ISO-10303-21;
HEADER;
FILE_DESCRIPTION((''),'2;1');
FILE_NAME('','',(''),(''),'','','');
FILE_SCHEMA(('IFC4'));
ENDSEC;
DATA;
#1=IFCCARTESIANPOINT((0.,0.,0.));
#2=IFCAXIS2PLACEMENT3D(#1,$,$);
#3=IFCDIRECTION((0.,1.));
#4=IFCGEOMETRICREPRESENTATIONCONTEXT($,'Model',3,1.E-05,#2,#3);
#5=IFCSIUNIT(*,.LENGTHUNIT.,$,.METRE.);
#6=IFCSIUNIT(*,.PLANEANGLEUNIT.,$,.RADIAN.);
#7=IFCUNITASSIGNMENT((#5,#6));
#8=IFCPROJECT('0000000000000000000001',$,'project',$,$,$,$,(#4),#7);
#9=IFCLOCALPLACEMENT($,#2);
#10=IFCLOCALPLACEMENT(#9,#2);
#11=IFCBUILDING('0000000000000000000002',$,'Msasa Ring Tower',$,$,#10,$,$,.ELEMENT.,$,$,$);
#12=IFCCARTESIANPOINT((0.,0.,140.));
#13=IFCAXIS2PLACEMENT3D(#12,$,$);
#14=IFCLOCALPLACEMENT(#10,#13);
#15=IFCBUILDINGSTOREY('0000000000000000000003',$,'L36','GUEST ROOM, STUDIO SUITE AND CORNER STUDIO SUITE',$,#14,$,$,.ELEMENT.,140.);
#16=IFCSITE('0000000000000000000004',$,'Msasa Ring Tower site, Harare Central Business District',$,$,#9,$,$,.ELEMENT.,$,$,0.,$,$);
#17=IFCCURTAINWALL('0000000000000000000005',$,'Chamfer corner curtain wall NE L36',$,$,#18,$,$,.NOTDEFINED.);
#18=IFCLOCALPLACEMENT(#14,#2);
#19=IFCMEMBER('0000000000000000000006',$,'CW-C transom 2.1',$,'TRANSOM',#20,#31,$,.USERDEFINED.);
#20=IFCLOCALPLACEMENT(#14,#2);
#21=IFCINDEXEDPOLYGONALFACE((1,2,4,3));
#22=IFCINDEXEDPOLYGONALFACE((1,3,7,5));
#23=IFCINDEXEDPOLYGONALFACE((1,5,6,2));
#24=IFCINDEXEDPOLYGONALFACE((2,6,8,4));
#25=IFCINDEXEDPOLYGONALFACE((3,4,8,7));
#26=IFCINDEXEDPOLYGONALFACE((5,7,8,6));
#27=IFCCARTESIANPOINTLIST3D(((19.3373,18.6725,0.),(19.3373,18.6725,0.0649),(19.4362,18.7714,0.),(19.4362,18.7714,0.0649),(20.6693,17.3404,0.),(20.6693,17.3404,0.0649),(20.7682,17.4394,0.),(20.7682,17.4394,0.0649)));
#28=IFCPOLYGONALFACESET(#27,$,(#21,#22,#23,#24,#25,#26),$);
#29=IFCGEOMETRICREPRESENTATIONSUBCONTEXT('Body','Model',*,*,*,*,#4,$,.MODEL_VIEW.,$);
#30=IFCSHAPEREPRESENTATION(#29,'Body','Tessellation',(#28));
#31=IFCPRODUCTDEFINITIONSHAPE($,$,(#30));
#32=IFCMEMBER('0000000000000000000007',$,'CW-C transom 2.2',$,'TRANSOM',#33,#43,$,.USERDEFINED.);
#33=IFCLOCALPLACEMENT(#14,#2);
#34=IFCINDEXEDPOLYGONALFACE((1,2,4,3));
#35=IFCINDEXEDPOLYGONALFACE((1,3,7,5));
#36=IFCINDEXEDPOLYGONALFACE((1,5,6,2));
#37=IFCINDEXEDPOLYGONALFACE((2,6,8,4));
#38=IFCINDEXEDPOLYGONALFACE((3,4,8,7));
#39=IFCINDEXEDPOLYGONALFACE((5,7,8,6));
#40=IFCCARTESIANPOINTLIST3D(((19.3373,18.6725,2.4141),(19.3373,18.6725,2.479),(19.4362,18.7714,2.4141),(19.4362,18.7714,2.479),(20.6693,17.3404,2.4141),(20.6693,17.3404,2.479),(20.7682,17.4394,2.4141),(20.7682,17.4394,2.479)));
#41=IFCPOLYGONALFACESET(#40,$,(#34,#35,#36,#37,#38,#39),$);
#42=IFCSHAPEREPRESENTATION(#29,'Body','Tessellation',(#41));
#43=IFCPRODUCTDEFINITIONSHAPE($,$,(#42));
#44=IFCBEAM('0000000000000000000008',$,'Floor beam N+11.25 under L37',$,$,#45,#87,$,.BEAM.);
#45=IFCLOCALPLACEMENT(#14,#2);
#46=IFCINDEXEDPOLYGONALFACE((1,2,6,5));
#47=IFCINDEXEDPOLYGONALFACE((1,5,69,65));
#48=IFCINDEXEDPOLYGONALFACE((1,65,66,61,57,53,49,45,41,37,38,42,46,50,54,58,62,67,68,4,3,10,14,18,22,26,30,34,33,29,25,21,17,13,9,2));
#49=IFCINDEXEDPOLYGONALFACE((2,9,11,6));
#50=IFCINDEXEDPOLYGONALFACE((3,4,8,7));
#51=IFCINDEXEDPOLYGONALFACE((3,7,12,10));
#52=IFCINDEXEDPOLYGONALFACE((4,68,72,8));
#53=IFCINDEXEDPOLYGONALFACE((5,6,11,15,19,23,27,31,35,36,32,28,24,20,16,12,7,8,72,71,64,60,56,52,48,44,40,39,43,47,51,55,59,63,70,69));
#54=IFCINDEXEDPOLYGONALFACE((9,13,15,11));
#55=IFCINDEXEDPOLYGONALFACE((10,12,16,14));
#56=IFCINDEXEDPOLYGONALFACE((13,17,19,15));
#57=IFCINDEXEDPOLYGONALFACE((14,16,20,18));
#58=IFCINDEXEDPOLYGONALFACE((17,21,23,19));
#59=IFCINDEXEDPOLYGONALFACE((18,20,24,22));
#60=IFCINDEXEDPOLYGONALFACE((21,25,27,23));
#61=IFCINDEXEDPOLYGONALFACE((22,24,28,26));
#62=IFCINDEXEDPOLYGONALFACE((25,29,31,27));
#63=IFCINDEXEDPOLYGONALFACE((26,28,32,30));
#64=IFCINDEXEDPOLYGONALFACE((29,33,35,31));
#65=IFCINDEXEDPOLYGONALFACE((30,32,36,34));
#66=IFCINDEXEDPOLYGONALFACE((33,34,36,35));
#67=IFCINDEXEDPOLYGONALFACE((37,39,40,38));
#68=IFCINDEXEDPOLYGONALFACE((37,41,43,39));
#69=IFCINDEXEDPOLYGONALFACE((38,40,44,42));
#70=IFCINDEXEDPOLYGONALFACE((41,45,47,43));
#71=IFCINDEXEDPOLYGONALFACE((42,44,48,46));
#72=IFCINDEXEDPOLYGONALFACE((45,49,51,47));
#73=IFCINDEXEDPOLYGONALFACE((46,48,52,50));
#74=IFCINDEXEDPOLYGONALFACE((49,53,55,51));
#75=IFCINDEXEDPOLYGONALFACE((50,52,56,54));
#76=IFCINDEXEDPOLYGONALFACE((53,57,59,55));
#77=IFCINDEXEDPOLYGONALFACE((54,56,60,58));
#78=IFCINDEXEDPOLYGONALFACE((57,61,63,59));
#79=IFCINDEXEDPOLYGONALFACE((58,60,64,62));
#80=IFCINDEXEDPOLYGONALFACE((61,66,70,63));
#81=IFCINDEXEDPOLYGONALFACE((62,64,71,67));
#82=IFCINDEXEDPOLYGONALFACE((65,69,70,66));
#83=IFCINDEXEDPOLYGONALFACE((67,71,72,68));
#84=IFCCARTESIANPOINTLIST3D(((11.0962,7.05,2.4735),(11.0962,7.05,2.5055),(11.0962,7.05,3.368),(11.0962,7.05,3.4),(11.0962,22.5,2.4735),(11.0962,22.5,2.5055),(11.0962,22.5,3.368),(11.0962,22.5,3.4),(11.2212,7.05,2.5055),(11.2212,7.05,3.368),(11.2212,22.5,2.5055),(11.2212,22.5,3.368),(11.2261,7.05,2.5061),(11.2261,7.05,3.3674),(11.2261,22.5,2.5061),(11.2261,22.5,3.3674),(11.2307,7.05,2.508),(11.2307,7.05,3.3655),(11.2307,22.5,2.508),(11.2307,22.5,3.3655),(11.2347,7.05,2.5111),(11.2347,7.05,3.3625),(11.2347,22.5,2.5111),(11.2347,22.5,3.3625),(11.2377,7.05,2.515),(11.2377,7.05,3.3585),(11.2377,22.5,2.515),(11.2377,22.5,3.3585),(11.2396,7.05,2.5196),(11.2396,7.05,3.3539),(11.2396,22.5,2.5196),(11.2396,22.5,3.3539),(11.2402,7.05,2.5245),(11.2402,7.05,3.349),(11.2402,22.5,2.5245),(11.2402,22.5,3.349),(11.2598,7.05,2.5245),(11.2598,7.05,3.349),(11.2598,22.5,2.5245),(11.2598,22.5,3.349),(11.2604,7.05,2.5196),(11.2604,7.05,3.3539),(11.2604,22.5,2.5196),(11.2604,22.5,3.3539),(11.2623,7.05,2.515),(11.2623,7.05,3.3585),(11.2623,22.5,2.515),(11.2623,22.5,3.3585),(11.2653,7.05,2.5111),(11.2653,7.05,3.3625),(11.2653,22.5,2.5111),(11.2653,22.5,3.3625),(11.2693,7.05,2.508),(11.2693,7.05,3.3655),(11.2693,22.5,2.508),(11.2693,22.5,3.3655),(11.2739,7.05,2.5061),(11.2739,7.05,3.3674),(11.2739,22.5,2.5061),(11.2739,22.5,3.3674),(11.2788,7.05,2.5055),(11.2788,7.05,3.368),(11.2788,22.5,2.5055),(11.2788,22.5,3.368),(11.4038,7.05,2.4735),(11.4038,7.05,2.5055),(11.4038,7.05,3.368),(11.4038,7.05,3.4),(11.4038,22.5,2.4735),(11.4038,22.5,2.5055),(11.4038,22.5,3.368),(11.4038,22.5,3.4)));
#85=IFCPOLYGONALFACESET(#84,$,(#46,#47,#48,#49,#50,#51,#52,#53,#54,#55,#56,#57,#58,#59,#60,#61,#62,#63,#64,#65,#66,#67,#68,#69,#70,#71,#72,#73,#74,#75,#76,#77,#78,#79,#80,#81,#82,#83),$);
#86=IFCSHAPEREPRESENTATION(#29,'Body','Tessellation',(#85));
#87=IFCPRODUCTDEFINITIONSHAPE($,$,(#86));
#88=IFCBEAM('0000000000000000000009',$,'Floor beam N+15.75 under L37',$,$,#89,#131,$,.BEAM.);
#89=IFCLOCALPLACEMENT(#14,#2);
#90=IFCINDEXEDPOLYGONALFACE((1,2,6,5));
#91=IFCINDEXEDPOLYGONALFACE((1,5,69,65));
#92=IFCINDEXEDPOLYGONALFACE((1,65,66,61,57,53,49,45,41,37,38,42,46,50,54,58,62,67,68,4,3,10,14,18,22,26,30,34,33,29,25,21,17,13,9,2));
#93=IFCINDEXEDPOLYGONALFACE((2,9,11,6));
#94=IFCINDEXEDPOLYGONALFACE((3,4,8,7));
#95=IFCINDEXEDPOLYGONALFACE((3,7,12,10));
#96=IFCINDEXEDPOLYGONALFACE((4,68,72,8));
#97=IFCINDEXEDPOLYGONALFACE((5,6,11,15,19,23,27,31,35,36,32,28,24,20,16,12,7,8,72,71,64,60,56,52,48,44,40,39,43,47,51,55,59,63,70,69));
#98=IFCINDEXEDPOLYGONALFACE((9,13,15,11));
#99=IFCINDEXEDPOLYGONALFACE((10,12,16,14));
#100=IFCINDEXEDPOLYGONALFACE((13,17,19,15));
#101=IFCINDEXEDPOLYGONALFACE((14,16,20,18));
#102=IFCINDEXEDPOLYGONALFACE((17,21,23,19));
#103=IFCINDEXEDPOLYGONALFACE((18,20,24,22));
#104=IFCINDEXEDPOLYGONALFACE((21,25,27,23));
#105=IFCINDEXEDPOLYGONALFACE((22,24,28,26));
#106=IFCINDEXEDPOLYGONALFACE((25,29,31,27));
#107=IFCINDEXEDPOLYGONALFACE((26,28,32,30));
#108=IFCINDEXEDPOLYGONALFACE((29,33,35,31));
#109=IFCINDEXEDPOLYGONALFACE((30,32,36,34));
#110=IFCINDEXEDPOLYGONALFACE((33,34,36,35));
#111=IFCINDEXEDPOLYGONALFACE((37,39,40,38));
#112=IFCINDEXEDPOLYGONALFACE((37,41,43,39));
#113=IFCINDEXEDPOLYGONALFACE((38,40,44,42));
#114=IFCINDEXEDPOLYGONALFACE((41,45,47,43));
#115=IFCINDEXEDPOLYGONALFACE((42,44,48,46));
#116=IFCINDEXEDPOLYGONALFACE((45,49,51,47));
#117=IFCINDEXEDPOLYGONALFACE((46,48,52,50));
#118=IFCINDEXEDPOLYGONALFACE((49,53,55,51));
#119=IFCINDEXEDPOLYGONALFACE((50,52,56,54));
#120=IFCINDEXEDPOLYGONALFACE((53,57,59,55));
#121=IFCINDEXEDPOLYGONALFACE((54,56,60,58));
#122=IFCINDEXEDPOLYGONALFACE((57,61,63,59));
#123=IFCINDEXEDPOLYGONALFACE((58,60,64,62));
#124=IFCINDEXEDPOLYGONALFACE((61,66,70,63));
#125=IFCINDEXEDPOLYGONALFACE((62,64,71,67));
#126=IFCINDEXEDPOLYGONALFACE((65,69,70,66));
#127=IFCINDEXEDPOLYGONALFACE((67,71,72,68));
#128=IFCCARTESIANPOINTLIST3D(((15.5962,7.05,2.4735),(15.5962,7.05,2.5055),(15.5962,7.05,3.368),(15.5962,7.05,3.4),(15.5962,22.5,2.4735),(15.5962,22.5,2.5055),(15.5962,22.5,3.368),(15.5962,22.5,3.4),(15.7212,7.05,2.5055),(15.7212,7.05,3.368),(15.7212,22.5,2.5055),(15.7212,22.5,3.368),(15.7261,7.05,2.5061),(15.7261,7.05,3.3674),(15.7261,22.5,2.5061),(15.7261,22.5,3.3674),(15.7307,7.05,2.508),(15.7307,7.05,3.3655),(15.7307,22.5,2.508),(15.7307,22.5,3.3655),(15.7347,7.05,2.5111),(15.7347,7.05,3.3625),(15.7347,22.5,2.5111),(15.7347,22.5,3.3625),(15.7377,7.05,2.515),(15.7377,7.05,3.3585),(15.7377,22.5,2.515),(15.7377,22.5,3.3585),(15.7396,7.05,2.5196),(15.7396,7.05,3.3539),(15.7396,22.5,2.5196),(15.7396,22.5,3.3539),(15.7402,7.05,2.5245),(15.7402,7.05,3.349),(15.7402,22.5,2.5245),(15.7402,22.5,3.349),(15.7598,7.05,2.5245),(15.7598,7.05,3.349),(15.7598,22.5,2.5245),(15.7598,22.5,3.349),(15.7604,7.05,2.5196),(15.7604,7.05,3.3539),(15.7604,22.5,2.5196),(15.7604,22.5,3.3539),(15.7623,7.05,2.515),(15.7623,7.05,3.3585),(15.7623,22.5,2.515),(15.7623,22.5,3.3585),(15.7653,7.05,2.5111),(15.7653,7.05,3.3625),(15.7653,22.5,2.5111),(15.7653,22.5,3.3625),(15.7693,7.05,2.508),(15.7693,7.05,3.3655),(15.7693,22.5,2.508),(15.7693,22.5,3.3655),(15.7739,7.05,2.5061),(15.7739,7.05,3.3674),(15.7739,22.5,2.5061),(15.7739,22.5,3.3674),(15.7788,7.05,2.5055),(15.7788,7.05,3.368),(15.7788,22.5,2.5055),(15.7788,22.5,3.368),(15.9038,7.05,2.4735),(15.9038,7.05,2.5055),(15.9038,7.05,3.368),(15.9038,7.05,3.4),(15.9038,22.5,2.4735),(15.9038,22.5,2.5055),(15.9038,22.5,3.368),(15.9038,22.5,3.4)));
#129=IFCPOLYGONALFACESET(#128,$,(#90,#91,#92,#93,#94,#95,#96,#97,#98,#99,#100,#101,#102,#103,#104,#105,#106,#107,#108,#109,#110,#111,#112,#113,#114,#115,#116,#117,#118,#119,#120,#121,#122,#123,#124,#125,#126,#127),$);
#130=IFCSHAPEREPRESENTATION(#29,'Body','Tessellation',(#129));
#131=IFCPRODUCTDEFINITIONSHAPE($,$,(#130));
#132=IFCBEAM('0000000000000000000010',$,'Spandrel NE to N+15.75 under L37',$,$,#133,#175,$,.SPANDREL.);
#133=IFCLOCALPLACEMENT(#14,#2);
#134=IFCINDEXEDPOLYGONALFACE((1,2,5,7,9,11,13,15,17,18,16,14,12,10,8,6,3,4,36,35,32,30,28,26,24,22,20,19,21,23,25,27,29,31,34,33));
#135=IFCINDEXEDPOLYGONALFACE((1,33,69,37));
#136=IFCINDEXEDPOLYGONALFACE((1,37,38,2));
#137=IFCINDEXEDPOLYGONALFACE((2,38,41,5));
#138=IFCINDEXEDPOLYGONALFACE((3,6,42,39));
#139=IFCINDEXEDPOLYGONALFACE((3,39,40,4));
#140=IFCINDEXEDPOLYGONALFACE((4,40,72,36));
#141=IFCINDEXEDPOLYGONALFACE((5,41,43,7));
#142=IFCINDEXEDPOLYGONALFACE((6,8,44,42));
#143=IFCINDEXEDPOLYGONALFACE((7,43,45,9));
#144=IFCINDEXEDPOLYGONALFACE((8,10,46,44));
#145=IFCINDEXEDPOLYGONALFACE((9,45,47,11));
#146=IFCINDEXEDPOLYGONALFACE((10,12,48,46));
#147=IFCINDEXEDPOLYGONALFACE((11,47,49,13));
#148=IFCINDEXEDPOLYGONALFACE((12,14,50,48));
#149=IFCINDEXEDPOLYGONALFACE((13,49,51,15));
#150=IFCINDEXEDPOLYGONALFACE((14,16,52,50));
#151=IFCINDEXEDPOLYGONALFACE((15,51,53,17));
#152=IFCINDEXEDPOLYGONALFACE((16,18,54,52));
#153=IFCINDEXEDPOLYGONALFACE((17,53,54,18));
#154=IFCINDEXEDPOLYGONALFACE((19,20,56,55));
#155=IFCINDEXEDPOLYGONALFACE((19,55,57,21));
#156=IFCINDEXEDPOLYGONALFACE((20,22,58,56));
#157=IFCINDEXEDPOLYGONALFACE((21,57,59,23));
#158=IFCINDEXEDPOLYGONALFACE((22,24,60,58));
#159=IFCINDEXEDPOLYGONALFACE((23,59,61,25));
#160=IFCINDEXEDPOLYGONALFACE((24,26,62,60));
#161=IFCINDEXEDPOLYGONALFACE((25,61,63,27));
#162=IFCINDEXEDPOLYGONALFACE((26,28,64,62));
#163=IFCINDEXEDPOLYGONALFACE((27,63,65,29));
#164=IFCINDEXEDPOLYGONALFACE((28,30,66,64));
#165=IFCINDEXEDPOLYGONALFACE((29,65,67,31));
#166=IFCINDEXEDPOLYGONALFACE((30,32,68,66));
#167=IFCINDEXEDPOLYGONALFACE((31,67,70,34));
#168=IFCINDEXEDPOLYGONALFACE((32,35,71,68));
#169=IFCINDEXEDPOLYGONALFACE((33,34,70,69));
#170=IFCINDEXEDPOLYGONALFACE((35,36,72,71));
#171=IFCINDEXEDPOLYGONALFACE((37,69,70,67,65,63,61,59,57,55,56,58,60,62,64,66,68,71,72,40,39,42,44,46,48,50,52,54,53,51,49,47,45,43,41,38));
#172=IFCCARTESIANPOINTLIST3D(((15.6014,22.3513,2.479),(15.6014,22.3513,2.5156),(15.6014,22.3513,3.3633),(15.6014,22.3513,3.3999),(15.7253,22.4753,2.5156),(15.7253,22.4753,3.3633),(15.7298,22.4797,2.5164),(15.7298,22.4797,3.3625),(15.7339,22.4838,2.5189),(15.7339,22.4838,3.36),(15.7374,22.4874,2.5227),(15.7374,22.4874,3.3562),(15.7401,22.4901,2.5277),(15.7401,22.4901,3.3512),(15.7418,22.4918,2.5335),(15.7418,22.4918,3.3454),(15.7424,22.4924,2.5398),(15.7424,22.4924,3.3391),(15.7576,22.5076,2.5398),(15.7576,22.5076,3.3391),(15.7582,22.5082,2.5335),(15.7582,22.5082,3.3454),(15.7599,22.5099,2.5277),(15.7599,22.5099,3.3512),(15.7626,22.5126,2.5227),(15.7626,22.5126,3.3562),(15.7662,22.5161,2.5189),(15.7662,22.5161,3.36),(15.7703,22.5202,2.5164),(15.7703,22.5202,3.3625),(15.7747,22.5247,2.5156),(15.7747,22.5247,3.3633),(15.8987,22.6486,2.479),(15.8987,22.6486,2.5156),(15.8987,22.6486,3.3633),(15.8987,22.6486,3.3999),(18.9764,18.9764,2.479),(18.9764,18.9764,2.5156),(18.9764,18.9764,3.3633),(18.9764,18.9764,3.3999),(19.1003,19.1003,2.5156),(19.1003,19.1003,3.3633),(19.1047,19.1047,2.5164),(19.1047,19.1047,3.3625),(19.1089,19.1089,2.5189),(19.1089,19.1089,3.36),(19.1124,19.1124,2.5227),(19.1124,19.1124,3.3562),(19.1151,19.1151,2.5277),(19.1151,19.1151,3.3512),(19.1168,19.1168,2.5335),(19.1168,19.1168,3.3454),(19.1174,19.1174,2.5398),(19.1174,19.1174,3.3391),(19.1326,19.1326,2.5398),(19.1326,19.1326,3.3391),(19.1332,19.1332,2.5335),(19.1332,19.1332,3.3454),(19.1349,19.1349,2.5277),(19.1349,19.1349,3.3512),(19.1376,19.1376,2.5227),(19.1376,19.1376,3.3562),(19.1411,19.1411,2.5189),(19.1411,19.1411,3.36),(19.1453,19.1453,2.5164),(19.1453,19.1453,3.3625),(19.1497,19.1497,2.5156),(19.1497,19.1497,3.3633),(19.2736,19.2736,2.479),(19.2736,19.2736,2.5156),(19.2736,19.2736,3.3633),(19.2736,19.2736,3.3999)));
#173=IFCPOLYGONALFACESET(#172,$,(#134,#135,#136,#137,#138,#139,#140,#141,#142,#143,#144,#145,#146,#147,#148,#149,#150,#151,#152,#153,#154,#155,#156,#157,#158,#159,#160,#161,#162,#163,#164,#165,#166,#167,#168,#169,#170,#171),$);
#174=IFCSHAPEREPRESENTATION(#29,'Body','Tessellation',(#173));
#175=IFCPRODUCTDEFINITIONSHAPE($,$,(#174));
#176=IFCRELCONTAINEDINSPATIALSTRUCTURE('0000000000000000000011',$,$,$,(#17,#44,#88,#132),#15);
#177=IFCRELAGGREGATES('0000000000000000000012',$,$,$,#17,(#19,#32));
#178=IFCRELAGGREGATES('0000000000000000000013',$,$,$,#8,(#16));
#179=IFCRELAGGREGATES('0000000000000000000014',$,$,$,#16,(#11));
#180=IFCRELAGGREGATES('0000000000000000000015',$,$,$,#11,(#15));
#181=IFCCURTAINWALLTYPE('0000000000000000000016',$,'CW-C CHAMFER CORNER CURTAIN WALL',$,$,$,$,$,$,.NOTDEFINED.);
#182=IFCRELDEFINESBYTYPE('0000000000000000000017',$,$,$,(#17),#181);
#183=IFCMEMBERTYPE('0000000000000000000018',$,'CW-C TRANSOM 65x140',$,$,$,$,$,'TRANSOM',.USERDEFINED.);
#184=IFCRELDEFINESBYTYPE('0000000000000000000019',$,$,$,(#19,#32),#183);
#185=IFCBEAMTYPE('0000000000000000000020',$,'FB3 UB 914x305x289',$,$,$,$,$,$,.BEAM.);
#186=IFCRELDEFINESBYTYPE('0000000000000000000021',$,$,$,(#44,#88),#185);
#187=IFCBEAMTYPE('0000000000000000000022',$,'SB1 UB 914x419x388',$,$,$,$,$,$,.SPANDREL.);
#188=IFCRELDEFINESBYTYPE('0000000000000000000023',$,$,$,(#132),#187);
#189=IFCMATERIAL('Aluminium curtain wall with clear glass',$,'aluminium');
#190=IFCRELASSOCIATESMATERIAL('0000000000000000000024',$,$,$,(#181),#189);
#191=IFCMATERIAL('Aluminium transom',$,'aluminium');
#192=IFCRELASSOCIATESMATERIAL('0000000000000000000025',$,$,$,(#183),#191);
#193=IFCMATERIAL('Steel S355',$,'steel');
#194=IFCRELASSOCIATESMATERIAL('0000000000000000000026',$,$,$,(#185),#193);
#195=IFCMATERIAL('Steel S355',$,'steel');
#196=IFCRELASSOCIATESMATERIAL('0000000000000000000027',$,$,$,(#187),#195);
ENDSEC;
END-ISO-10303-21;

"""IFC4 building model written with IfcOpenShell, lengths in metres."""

from ifc_helpers import new_model, si_unit, direction, frame, origin, origin_2d, place, context, subcontext, project, spatial, rectangle, i_section, extrude, material, material_profile, profile_set, type_object, element, aggregate, save


model = new_model("IFC4")

# Units and contexts
model_context = context("Model", 3, precision=1e-05, world=origin(), true_north=direction((0.0, 1.0)))
body_context = subcontext(model_context, "Body", "Model", "MODEL_VIEW")
ifc_project = project(units=[si_unit("LENGTHUNIT", "METRE"), si_unit("PLANEANGLEUNIT", "RADIAN")], contexts=[model_context])

# Site, building, storey
site_placement = place(None, origin())
site = spatial("IfcSite", under=ifc_project, at=site_placement, Name="Msasa Ring Tower site, Harare Central Business District", CompositionType="ELEMENT", RefElevation=0.0)
building_placement = place(site_placement, origin())
building = spatial("IfcBuilding", under=site, at=building_placement, Name="Msasa Ring Tower", CompositionType="ELEMENT")
storey_placement = place(building_placement, frame((0.0, 0.0, 140.0)))
storey = spatial("IfcBuildingStorey", under=building, at=storey_placement, Name="L36", Description="GUEST ROOM, STUDIO SUITE AND CORNER STUDIO SUITE", CompositionType="ELEMENT", Elevation=140.0)

# Curtain wall
ifc_material_1 = material(Name="Aluminium curtain wall with clear glass", Category="aluminium")
curtain_wall_type = type_object("IfcCurtainWallType", Name="CW-C CHAMFER CORNER CURTAIN WALL", PredefinedType="NOTDEFINED", material=ifc_material_1)
curtain_wall_1_placement = place(storey_placement, origin())
curtain_wall_1 = element("IfcCurtainWall", 1, at=curtain_wall_1_placement, inside=storey, type_object=curtain_wall_type, Name="Chamfer corner curtain wall NE L36", PredefinedType="NOTDEFINED")

# Members
ifc_material_2 = material(Name="Aluminium transom", Category="aluminium")
ifc_material_profile_1 = material_profile(ifc_material_2, rectangle(XDim=0.1399, YDim=0.0649, at=origin_2d()), Name="AL 65x140")
ifc_profile_set_1 = profile_set([ifc_material_profile_1], Name="Aluminium transom")
member_type_1 = type_object("IfcMemberType", Name="CW-C TRANSOM 65x140", ElementType="TRANSOM", PredefinedType="USERDEFINED", material=ifc_profile_set_1)
member_1_placement = place(storey_placement, frame((20.7188, 17.3899, 0.0325), z_axis=(-0.707107, 0.707107, 0.0), x_axis=(-0.707107, -0.707107, 0.0)))
member_1 = element("IfcMember", 2, at=member_1_placement, type_object=member_type_1, Name="CW-C transom 2.1", ObjectType="TRANSOM", PredefinedType="USERDEFINED", context=body_context, shape_type="SweptSolid", body=[
    extrude(rectangle(XDim=0.1399, YDim=0.0649, at=origin_2d()), origin(), (0.0, 0.0, 1.0), 1.8838),
])
member_2_placement = place(storey_placement, frame((20.7188, 17.3899, 2.4465), z_axis=(-0.707107, 0.707107, 0.0), x_axis=(-0.707107, -0.707107, 0.0)))
member_2 = element("IfcMember", 3, at=member_2_placement, type_object=member_type_1, Name="CW-C transom 2.2", ObjectType="TRANSOM", PredefinedType="USERDEFINED", context=body_context, shape_type="SweptSolid", body=[
    extrude(rectangle(XDim=0.1399, YDim=0.0649, at=origin_2d()), origin(), (0.0, 0.0, 1.0), 1.8838),
])

# Beams
ifc_material_3 = material(Name="Steel S355", Category="steel")
ifc_material_profile_2 = material_profile(ifc_material_3, i_section(OverallWidth=0.3076, OverallDepth=0.9265, WebThickness=0.0195, FlangeThickness=0.032, FilletRadius=0.019, at=origin_2d()), Name="UB 914x305x289")
ifc_profile_set_2 = profile_set([ifc_material_profile_2], Name="Steel S355")
beam_type_1 = type_object("IfcBeamType", Name="FB3 UB 914x305x289", PredefinedType="BEAM", material=ifc_profile_set_2)
for number, where, z_axis, x_axis, name in (
    (4, (11.25, 22.5, 2.9368), (0.0, -1.0, 0.0), (1.0, 0.0, 0.0), "Floor beam N+11.25 under L37"),
    (5, (15.75, 22.5, 2.9368), (0.0, -1.0, 0.0), (1.0, 0.0, 0.0), "Floor beam N+15.75 under L37"),
):
    element("IfcBeam", number, at=place(storey_placement, frame(where, z_axis=z_axis, x_axis=x_axis)), inside=storey, type_object=beam_type_1, Name=name, PredefinedType="BEAM", context=body_context, shape_type="SweptSolid", body=[
        extrude(i_section(OverallWidth=0.3076, OverallDepth=0.9265, WebThickness=0.0195, FlangeThickness=0.032, FilletRadius=0.019, at=origin_2d()), origin(), (0.0, 0.0, 1.0), 15.45),
    ])
ifc_material_4 = material(Name="Steel S355", Category="steel")
ifc_material_profile_3 = material_profile(ifc_material_4, i_section(OverallWidth=0.4204, OverallDepth=0.9209, WebThickness=0.0215, FlangeThickness=0.0366, FilletRadius=0.0242, at=origin_2d()), Name="UB 914x419x388")
ifc_profile_set_3 = profile_set([ifc_material_profile_3], Name="Steel S355")
beam_type_2 = type_object("IfcBeamType", Name="SB1 UB 914x419x388", PredefinedType="SPANDREL", material=ifc_profile_set_3)
beam_placement = place(storey_placement, frame((19.125, 19.125, 2.9395), z_axis=(-0.707107, 0.707107, 0.0), x_axis=(-0.707107, -0.707107, 0.0)))
element("IfcBeam", 6, at=beam_placement, inside=storey, type_object=beam_type_2, Name="Spandrel NE to N+15.75 under L37", PredefinedType="SPANDREL", context=body_context, shape_type="SweptSolid", body=[
    extrude(i_section(OverallWidth=0.4204, OverallDepth=0.9209, WebThickness=0.0215, FlangeThickness=0.0366, FilletRadius=0.0242, at=origin_2d()), origin(), (0.0, 0.0, 1.0), 4.7729),
])

aggregate(curtain_wall_1, [member_1, member_2])

save(model, "model.ifc")
